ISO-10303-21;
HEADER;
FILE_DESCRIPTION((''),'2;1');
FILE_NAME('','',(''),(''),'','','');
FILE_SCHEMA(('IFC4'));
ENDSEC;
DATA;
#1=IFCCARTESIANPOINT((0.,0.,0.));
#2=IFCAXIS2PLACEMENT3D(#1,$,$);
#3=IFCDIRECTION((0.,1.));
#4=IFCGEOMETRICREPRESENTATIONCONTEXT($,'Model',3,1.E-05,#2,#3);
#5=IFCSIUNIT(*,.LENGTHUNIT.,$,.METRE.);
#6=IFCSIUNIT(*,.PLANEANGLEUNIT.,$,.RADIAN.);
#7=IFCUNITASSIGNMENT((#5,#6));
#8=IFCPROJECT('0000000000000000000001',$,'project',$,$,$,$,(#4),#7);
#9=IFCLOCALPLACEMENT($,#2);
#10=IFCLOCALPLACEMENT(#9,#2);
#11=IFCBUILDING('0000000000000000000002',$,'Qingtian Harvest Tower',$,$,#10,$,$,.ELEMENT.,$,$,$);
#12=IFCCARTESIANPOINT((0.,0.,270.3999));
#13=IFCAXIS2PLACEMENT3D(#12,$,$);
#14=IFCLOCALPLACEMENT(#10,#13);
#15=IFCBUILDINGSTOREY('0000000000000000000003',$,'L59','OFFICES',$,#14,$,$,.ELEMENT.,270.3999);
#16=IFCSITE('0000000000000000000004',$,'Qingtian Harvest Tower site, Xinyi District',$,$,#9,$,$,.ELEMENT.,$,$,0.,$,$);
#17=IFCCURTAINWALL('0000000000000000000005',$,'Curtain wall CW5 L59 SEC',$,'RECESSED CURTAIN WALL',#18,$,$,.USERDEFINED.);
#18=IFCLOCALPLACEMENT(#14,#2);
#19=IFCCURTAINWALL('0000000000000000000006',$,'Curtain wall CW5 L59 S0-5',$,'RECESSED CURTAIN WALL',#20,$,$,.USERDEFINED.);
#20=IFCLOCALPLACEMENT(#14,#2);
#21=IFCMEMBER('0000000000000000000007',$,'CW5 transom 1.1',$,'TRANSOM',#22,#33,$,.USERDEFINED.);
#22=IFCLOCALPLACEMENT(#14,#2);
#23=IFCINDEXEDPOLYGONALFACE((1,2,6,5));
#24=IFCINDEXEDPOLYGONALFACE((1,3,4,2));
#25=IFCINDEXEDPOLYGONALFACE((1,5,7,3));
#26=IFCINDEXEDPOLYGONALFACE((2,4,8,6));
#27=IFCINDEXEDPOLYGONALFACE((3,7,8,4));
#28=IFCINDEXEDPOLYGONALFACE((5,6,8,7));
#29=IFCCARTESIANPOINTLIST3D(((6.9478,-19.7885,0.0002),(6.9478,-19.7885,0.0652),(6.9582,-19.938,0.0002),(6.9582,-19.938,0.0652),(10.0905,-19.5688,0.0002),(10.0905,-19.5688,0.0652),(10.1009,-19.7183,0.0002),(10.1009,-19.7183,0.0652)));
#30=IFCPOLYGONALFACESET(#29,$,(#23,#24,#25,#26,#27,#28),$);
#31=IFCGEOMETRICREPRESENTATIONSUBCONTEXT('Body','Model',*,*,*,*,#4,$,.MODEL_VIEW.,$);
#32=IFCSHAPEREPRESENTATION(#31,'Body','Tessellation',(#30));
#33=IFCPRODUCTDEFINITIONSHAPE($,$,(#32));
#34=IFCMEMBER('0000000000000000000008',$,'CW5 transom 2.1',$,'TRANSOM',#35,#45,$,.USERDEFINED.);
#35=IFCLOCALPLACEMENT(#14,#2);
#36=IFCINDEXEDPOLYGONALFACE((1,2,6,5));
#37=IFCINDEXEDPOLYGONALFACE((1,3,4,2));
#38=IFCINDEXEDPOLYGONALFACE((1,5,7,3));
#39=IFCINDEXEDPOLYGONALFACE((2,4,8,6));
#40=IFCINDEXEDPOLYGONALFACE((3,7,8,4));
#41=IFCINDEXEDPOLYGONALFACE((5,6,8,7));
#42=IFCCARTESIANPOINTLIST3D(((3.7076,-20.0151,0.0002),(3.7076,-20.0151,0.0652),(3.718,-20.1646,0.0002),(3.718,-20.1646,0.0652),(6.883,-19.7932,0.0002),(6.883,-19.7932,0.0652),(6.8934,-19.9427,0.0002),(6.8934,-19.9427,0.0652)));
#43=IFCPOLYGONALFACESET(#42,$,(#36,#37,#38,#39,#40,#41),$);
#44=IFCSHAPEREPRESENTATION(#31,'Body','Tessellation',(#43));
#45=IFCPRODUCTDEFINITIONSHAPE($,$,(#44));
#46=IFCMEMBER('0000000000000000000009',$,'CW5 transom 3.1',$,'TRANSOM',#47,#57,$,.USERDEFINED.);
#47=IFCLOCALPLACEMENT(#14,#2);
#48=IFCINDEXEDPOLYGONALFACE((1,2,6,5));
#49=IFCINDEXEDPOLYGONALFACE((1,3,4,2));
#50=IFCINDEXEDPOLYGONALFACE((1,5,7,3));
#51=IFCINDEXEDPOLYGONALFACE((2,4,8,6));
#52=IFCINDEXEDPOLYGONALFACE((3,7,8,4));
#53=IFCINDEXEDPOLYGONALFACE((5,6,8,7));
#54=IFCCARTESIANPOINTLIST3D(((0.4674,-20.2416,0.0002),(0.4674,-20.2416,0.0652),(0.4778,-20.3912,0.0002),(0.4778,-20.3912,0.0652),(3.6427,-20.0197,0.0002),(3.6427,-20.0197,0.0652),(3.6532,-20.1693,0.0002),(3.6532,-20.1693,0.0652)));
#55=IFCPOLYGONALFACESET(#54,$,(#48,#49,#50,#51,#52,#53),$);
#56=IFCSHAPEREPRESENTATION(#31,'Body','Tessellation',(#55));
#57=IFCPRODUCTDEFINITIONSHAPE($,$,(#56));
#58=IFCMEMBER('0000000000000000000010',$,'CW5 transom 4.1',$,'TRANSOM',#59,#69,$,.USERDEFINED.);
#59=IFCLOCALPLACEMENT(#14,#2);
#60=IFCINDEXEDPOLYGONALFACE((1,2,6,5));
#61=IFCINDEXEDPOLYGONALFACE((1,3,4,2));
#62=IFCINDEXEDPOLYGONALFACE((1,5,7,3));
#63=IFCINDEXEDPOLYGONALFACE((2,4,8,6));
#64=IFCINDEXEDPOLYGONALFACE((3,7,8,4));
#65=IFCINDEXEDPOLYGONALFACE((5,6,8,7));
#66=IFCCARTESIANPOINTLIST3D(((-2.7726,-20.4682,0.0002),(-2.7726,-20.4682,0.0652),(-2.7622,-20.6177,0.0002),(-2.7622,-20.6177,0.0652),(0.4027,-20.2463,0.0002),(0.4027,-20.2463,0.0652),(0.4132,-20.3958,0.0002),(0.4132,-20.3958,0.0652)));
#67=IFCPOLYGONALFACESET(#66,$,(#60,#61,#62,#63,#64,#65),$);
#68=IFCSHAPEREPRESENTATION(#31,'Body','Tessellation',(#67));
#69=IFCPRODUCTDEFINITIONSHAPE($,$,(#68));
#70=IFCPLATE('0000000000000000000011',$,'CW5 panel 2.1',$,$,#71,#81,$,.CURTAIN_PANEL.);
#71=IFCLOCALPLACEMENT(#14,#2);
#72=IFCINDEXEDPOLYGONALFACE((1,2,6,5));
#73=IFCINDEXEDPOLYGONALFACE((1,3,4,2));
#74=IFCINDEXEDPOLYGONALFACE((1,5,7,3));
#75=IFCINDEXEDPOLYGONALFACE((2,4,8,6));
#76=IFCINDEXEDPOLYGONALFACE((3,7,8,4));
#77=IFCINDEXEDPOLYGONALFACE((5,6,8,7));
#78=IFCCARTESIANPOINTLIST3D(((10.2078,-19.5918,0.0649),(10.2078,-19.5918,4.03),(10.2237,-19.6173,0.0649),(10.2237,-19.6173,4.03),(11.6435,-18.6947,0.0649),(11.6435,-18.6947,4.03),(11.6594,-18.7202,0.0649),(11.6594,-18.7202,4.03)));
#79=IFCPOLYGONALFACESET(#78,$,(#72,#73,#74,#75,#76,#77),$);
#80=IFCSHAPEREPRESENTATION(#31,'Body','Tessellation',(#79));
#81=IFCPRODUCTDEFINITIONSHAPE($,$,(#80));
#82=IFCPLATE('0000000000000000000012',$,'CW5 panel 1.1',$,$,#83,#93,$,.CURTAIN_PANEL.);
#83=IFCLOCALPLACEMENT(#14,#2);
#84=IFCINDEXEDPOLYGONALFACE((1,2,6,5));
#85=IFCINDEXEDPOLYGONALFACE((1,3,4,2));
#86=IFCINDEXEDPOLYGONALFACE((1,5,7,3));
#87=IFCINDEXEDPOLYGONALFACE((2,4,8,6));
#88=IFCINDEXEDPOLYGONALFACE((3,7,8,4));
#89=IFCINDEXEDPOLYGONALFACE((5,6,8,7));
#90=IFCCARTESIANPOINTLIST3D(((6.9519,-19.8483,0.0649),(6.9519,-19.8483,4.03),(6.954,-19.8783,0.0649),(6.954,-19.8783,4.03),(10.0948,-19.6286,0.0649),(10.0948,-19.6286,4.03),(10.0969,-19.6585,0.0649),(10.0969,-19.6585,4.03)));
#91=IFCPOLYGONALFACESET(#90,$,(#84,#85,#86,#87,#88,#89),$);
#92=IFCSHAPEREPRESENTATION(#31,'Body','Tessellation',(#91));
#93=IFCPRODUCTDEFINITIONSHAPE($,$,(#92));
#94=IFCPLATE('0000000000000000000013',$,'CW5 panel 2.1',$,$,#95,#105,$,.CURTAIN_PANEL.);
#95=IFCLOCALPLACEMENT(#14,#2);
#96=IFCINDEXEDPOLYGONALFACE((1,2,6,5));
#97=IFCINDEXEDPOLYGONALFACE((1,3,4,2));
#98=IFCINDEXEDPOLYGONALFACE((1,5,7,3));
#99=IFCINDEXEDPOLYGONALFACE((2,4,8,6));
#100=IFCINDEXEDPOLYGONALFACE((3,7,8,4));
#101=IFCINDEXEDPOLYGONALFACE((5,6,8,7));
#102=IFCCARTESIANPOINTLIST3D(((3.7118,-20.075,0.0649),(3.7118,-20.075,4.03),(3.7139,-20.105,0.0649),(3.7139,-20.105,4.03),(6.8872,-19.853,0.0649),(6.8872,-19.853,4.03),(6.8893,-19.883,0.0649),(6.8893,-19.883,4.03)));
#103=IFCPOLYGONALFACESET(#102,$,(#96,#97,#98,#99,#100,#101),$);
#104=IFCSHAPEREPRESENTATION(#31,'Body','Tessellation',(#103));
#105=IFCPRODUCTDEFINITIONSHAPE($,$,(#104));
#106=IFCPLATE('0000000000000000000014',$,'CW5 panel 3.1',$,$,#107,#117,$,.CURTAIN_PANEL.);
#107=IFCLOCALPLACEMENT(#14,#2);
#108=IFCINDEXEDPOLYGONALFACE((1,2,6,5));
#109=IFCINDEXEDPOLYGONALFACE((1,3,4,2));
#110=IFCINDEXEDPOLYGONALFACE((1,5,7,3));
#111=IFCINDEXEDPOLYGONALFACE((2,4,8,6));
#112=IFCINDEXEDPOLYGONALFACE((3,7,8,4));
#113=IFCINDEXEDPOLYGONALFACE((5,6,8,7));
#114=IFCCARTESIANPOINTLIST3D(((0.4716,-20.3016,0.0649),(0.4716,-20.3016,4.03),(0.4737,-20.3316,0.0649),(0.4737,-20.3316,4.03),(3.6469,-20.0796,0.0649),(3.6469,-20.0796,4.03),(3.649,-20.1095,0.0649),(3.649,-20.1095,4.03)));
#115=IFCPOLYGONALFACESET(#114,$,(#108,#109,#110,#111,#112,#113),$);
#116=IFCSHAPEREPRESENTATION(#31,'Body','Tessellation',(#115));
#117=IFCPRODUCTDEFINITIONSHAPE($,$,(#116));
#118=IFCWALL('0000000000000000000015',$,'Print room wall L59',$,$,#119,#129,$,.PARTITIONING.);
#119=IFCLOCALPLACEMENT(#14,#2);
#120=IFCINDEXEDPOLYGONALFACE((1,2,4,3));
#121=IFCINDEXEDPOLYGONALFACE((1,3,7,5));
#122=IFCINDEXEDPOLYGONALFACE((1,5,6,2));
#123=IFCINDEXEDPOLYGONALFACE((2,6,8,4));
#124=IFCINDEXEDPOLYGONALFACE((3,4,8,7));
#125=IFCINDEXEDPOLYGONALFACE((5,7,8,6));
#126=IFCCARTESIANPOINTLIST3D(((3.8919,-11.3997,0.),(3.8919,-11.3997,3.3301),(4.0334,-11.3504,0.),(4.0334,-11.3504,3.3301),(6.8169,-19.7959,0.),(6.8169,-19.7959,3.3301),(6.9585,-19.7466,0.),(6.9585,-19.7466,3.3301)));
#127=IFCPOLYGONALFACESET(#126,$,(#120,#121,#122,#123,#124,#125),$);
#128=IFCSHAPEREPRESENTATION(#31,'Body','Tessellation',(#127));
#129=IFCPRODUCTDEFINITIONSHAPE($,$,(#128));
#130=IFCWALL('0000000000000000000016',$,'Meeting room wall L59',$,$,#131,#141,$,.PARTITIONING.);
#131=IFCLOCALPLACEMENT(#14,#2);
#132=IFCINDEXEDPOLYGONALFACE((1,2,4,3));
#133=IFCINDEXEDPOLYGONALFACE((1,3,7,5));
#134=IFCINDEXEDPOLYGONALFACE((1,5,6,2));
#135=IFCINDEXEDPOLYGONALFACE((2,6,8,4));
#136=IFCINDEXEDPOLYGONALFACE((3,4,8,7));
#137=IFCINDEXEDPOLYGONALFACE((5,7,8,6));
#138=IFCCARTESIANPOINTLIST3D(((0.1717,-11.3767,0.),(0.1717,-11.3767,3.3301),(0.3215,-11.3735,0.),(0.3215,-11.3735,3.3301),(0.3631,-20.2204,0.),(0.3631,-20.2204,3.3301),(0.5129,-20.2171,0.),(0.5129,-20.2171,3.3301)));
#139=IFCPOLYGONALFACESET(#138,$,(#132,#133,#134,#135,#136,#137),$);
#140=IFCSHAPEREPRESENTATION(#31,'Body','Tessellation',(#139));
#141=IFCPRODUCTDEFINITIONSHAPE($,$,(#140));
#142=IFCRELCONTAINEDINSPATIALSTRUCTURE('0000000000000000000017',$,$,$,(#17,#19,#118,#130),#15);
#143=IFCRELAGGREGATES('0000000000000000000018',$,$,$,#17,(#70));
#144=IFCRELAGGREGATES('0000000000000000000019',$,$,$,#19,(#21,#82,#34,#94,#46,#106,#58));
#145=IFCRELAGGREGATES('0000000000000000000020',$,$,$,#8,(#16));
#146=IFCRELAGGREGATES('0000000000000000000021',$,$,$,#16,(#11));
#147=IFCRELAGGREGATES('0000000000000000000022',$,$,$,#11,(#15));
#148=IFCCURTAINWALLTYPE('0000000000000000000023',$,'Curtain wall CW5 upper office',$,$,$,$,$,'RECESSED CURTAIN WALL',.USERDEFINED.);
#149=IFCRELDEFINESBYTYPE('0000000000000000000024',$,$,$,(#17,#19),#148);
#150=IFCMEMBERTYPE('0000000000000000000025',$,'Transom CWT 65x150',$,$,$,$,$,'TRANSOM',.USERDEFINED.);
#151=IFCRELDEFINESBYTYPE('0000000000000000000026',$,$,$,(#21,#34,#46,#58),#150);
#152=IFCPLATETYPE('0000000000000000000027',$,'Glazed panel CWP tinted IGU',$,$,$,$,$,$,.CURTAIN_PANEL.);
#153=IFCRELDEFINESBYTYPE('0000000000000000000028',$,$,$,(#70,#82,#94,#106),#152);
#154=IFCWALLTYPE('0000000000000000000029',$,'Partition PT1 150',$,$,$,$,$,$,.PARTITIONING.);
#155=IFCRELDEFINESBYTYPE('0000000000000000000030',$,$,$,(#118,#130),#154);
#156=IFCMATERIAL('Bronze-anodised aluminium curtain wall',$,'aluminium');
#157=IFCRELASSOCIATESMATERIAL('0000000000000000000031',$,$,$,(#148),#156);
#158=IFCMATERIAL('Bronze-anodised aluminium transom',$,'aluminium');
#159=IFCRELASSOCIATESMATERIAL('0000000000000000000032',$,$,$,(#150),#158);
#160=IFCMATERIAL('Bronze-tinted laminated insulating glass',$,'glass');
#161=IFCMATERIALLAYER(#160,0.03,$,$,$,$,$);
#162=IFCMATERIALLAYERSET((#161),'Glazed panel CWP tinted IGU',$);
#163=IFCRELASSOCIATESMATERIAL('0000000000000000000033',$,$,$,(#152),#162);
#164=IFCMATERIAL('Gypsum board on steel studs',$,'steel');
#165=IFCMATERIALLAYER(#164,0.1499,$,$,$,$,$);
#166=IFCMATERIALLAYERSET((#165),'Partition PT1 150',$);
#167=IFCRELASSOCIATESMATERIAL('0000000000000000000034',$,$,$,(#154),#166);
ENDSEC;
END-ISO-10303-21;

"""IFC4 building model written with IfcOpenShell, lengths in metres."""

from ifc_helpers import new_model, si_unit, direction, frame, frame_2d, origin, origin_2d, place, context, subcontext, project, spatial, rectangle, extrude, material, layer, layer_set, material_profile, profile_set, type_object, element, aggregate, save


model = new_model("IFC4")

# Units and contexts
model_context = context("Model", 3, precision=1e-05, world=origin(), true_north=direction((0.0, 1.0)))
body_context = subcontext(model_context, "Body", "Model", "MODEL_VIEW")
ifc_project = project(units=[si_unit("LENGTHUNIT", "METRE"), si_unit("PLANEANGLEUNIT", "RADIAN")], contexts=[model_context])

# Site, building, storey
site_placement = place(None, origin())
site = spatial("IfcSite", under=ifc_project, at=site_placement, Name="Qingtian Harvest Tower site, Xinyi District", CompositionType="ELEMENT", RefElevation=0.0)
building_placement = place(site_placement, origin())
building = spatial("IfcBuilding", under=site, at=building_placement, Name="Qingtian Harvest Tower", CompositionType="ELEMENT")
storey_placement = place(building_placement, frame((0.0, 0.0, 270.3999)))
storey = spatial("IfcBuildingStorey", under=building, at=storey_placement, Name="L59", Description="OFFICES", CompositionType="ELEMENT", Elevation=270.3999)

# Curtain wall
ifc_material_1 = material(Name="Bronze-anodised aluminium curtain wall", Category="aluminium")
curtain_wall_type = type_object("IfcCurtainWallType", Name="Curtain wall CW5 upper office", ElementType="RECESSED CURTAIN WALL", PredefinedType="USERDEFINED", material=ifc_material_1)
curtain_wall_1_placement = place(storey_placement, origin())
curtain_wall_1 = element("IfcCurtainWall", 1, at=curtain_wall_1_placement, inside=storey, type_object=curtain_wall_type, Name="Curtain wall CW5 L59 SEC", ObjectType="RECESSED CURTAIN WALL", PredefinedType="USERDEFINED")

# Curtain wall
curtain_wall_2_placement = place(storey_placement, origin())
curtain_wall_2 = element("IfcCurtainWall", 2, at=curtain_wall_2_placement, inside=storey, type_object=curtain_wall_type, Name="Curtain wall CW5 L59 S0-5", ObjectType="RECESSED CURTAIN WALL", PredefinedType="USERDEFINED")

# Members
ifc_material_2 = material(Name="Bronze-anodised aluminium transom", Category="aluminium")
ifc_material_profile_1 = material_profile(ifc_material_2, rectangle(XDim=0.1499, YDim=0.0649, at=origin_2d()), Name="AL 65x150")
ifc_profile_set_1 = profile_set([ifc_material_profile_1], Name="Bronze-anodised aluminium transom")
member_type_1 = type_object("IfcMemberType", Name="Transom CWT 65x150", ElementType="TRANSOM", PredefinedType="USERDEFINED", material=ifc_profile_set_1)
member_1_placement = place(storey_placement, frame((10.0957, -19.6436, 0.0327), z_axis=(-0.997565, -0.069744, 0.0), x_axis=(0.069744, -0.997565, 0.0)))
member_1 = element("IfcMember", 3, at=member_1_placement, type_object=member_type_1, Name="CW5 transom 1.1", ObjectType="TRANSOM", PredefinedType="USERDEFINED", context=body_context, shape_type="SweptSolid", body=[
    extrude(rectangle(XDim=0.1499, YDim=0.0649, at=origin_2d()), origin(), (0.0, 0.0, 1.0), 3.1504),
])
member_2_placement = place(storey_placement, frame((6.8882, -19.8679, 0.0327), z_axis=(-0.997567, -0.069721, 0.0), x_axis=(0.069721, -0.997567, 0.0)))
member_2 = element("IfcMember", 4, at=member_2_placement, type_object=member_type_1, Name="CW5 transom 2.1", ObjectType="TRANSOM", PredefinedType="USERDEFINED", context=body_context, shape_type="SweptSolid", body=[
    extrude(rectangle(XDim=0.1499, YDim=0.0649, at=origin_2d()), origin(), (0.0, 0.0, 1.0), 3.1831),
])
member_3_placement = place(storey_placement, frame((3.6479, -20.0945, 0.0327), z_axis=(-0.997567, -0.069721, 0.0), x_axis=(0.069721, -0.997567, 0.0)))
member_3 = element("IfcMember", 5, at=member_3_placement, type_object=member_type_1, Name="CW5 transom 3.1", ObjectType="TRANSOM", PredefinedType="USERDEFINED", context=body_context, shape_type="SweptSolid", body=[
    extrude(rectangle(XDim=0.1499, YDim=0.0649, at=origin_2d()), origin(), (0.0, 0.0, 1.0), 3.1831),
])
member_4_placement = place(storey_placement, frame((0.408, -20.321, 0.0327), z_axis=(-0.997567, -0.069721, 0.0), x_axis=(0.069721, -0.997567, 0.0)))
member_4 = element("IfcMember", 6, at=member_4_placement, type_object=member_type_1, Name="CW5 transom 4.1", ObjectType="TRANSOM", PredefinedType="USERDEFINED", context=body_context, shape_type="SweptSolid", body=[
    extrude(rectangle(XDim=0.1499, YDim=0.0649, at=origin_2d()), origin(), (0.0, 0.0, 1.0), 3.1831),
])

# Plates
ifc_material_3 = material(Name="Bronze-tinted laminated insulating glass", Category="glass")
ifc_layer_1 = layer(ifc_material_3, 0.03)
ifc_layer_set_1 = layer_set([ifc_layer_1], Name="Glazed panel CWP tinted IGU")
plate_type = type_object("IfcPlateType", Name="Glazed panel CWP tinted IGU", PredefinedType="CURTAIN_PANEL", material=ifc_layer_set_1)
plate_1_placement = place(storey_placement, frame((10.9336, -19.156, 0.0649), z_axis=(0.0, 0.0, 1.0), x_axis=(-0.848048, -0.529919, 0.0)))
plate_1 = element("IfcPlate", 7, at=plate_1_placement, type_object=plate_type, Name="CW5 panel 2.1", PredefinedType="CURTAIN_PANEL", context=body_context, shape_type="SweptSolid", body=[
    extrude(rectangle(XDim=1.6929, YDim=0.03, at=origin_2d()), origin(), (0.0, 0.0, 1.0), 3.9651),
])
aggregate(curtain_wall_1, [plate_1])
plate_2_placement = place(storey_placement, frame((8.5244, -19.7534, 0.0649), z_axis=(0.0, 0.0, 1.0), x_axis=(-0.997564, -0.069756, 0.0)))
plate_2 = element("IfcPlate", 8, at=plate_2_placement, type_object=plate_type, Name="CW5 panel 1.1", PredefinedType="CURTAIN_PANEL", context=body_context, shape_type="SweptSolid", body=[
    extrude(rectangle(XDim=3.1506, YDim=0.03, at=origin_2d()), origin(), (0.0, 0.0, 1.0), 3.9651),
])
plate_3_placement = place(storey_placement, frame((5.3005, -19.979, 0.0649), z_axis=(0.0, 0.0, 1.0), x_axis=(-0.997564, -0.069756, 0.0)))
plate_3 = element("IfcPlate", 9, at=plate_3_placement, type_object=plate_type, Name="CW5 panel 2.1", PredefinedType="CURTAIN_PANEL", context=body_context, shape_type="SweptSolid", body=[
    extrude(rectangle(XDim=3.1831, YDim=0.03, at=origin_2d()), origin(), (0.0, 0.0, 1.0), 3.9651),
])
plate_4_placement = place(storey_placement, frame((2.0603, -20.2056, 0.0649), z_axis=(0.0, 0.0, 1.0), x_axis=(-0.997564, -0.069756, 0.0)))
plate_4 = element("IfcPlate", 10, at=plate_4_placement, type_object=plate_type, Name="CW5 panel 3.1", PredefinedType="CURTAIN_PANEL", context=body_context, shape_type="SweptSolid", body=[
    extrude(rectangle(XDim=3.1831, YDim=0.03, at=origin_2d()), origin(), (0.0, 0.0, 1.0), 3.9651),
])
aggregate(curtain_wall_2, [member_1, plate_2, member_2, plate_3, member_3, plate_4, member_4])

# Walls
ifc_material_4 = material(Name="Gypsum board on steel studs", Category="steel")
ifc_layer_2 = layer(ifc_material_4, 0.1499)
ifc_layer_set_2 = layer_set([ifc_layer_2], Name="Partition PT1 150")
wall_type = type_object("IfcWallType", Name="Partition PT1 150", PredefinedType="PARTITIONING", material=ifc_layer_set_2)
wall_1_placement = place(storey_placement, frame((6.8877, -19.7712, 0.0), z_axis=(0.0, 0.0, 1.0), x_axis=(-0.328984, 0.944336, 0.0)))
element("IfcWall", 11, at=wall_1_placement, inside=storey, type_object=wall_type, Name="Print room wall L59", PredefinedType="PARTITIONING", context=body_context, shape_type="SweptSolid", body=[
    extrude(rectangle(XDim=8.8911, YDim=0.1499, at=frame_2d((4.4456, 0.0))), origin(), (0.0, 0.0, 1.0), 3.3301),
])
wall_2_placement = place(storey_placement, frame((0.438, -20.2188, 0.0), z_axis=(0.0, 0.0, 1.0), x_axis=(-0.021638, 0.999766, 0.0)))
element("IfcWall", 12, at=wall_2_placement, inside=storey, type_object=wall_type, Name="Meeting room wall L59", PredefinedType="PARTITIONING", context=body_context, shape_type="SweptSolid", body=[
    extrude(rectangle(XDim=8.8457, YDim=0.1499, at=frame_2d((4.4229, 0.0))), origin(), (0.0, 0.0, 1.0), 3.3301),
])

save(model, "model.ifc")
